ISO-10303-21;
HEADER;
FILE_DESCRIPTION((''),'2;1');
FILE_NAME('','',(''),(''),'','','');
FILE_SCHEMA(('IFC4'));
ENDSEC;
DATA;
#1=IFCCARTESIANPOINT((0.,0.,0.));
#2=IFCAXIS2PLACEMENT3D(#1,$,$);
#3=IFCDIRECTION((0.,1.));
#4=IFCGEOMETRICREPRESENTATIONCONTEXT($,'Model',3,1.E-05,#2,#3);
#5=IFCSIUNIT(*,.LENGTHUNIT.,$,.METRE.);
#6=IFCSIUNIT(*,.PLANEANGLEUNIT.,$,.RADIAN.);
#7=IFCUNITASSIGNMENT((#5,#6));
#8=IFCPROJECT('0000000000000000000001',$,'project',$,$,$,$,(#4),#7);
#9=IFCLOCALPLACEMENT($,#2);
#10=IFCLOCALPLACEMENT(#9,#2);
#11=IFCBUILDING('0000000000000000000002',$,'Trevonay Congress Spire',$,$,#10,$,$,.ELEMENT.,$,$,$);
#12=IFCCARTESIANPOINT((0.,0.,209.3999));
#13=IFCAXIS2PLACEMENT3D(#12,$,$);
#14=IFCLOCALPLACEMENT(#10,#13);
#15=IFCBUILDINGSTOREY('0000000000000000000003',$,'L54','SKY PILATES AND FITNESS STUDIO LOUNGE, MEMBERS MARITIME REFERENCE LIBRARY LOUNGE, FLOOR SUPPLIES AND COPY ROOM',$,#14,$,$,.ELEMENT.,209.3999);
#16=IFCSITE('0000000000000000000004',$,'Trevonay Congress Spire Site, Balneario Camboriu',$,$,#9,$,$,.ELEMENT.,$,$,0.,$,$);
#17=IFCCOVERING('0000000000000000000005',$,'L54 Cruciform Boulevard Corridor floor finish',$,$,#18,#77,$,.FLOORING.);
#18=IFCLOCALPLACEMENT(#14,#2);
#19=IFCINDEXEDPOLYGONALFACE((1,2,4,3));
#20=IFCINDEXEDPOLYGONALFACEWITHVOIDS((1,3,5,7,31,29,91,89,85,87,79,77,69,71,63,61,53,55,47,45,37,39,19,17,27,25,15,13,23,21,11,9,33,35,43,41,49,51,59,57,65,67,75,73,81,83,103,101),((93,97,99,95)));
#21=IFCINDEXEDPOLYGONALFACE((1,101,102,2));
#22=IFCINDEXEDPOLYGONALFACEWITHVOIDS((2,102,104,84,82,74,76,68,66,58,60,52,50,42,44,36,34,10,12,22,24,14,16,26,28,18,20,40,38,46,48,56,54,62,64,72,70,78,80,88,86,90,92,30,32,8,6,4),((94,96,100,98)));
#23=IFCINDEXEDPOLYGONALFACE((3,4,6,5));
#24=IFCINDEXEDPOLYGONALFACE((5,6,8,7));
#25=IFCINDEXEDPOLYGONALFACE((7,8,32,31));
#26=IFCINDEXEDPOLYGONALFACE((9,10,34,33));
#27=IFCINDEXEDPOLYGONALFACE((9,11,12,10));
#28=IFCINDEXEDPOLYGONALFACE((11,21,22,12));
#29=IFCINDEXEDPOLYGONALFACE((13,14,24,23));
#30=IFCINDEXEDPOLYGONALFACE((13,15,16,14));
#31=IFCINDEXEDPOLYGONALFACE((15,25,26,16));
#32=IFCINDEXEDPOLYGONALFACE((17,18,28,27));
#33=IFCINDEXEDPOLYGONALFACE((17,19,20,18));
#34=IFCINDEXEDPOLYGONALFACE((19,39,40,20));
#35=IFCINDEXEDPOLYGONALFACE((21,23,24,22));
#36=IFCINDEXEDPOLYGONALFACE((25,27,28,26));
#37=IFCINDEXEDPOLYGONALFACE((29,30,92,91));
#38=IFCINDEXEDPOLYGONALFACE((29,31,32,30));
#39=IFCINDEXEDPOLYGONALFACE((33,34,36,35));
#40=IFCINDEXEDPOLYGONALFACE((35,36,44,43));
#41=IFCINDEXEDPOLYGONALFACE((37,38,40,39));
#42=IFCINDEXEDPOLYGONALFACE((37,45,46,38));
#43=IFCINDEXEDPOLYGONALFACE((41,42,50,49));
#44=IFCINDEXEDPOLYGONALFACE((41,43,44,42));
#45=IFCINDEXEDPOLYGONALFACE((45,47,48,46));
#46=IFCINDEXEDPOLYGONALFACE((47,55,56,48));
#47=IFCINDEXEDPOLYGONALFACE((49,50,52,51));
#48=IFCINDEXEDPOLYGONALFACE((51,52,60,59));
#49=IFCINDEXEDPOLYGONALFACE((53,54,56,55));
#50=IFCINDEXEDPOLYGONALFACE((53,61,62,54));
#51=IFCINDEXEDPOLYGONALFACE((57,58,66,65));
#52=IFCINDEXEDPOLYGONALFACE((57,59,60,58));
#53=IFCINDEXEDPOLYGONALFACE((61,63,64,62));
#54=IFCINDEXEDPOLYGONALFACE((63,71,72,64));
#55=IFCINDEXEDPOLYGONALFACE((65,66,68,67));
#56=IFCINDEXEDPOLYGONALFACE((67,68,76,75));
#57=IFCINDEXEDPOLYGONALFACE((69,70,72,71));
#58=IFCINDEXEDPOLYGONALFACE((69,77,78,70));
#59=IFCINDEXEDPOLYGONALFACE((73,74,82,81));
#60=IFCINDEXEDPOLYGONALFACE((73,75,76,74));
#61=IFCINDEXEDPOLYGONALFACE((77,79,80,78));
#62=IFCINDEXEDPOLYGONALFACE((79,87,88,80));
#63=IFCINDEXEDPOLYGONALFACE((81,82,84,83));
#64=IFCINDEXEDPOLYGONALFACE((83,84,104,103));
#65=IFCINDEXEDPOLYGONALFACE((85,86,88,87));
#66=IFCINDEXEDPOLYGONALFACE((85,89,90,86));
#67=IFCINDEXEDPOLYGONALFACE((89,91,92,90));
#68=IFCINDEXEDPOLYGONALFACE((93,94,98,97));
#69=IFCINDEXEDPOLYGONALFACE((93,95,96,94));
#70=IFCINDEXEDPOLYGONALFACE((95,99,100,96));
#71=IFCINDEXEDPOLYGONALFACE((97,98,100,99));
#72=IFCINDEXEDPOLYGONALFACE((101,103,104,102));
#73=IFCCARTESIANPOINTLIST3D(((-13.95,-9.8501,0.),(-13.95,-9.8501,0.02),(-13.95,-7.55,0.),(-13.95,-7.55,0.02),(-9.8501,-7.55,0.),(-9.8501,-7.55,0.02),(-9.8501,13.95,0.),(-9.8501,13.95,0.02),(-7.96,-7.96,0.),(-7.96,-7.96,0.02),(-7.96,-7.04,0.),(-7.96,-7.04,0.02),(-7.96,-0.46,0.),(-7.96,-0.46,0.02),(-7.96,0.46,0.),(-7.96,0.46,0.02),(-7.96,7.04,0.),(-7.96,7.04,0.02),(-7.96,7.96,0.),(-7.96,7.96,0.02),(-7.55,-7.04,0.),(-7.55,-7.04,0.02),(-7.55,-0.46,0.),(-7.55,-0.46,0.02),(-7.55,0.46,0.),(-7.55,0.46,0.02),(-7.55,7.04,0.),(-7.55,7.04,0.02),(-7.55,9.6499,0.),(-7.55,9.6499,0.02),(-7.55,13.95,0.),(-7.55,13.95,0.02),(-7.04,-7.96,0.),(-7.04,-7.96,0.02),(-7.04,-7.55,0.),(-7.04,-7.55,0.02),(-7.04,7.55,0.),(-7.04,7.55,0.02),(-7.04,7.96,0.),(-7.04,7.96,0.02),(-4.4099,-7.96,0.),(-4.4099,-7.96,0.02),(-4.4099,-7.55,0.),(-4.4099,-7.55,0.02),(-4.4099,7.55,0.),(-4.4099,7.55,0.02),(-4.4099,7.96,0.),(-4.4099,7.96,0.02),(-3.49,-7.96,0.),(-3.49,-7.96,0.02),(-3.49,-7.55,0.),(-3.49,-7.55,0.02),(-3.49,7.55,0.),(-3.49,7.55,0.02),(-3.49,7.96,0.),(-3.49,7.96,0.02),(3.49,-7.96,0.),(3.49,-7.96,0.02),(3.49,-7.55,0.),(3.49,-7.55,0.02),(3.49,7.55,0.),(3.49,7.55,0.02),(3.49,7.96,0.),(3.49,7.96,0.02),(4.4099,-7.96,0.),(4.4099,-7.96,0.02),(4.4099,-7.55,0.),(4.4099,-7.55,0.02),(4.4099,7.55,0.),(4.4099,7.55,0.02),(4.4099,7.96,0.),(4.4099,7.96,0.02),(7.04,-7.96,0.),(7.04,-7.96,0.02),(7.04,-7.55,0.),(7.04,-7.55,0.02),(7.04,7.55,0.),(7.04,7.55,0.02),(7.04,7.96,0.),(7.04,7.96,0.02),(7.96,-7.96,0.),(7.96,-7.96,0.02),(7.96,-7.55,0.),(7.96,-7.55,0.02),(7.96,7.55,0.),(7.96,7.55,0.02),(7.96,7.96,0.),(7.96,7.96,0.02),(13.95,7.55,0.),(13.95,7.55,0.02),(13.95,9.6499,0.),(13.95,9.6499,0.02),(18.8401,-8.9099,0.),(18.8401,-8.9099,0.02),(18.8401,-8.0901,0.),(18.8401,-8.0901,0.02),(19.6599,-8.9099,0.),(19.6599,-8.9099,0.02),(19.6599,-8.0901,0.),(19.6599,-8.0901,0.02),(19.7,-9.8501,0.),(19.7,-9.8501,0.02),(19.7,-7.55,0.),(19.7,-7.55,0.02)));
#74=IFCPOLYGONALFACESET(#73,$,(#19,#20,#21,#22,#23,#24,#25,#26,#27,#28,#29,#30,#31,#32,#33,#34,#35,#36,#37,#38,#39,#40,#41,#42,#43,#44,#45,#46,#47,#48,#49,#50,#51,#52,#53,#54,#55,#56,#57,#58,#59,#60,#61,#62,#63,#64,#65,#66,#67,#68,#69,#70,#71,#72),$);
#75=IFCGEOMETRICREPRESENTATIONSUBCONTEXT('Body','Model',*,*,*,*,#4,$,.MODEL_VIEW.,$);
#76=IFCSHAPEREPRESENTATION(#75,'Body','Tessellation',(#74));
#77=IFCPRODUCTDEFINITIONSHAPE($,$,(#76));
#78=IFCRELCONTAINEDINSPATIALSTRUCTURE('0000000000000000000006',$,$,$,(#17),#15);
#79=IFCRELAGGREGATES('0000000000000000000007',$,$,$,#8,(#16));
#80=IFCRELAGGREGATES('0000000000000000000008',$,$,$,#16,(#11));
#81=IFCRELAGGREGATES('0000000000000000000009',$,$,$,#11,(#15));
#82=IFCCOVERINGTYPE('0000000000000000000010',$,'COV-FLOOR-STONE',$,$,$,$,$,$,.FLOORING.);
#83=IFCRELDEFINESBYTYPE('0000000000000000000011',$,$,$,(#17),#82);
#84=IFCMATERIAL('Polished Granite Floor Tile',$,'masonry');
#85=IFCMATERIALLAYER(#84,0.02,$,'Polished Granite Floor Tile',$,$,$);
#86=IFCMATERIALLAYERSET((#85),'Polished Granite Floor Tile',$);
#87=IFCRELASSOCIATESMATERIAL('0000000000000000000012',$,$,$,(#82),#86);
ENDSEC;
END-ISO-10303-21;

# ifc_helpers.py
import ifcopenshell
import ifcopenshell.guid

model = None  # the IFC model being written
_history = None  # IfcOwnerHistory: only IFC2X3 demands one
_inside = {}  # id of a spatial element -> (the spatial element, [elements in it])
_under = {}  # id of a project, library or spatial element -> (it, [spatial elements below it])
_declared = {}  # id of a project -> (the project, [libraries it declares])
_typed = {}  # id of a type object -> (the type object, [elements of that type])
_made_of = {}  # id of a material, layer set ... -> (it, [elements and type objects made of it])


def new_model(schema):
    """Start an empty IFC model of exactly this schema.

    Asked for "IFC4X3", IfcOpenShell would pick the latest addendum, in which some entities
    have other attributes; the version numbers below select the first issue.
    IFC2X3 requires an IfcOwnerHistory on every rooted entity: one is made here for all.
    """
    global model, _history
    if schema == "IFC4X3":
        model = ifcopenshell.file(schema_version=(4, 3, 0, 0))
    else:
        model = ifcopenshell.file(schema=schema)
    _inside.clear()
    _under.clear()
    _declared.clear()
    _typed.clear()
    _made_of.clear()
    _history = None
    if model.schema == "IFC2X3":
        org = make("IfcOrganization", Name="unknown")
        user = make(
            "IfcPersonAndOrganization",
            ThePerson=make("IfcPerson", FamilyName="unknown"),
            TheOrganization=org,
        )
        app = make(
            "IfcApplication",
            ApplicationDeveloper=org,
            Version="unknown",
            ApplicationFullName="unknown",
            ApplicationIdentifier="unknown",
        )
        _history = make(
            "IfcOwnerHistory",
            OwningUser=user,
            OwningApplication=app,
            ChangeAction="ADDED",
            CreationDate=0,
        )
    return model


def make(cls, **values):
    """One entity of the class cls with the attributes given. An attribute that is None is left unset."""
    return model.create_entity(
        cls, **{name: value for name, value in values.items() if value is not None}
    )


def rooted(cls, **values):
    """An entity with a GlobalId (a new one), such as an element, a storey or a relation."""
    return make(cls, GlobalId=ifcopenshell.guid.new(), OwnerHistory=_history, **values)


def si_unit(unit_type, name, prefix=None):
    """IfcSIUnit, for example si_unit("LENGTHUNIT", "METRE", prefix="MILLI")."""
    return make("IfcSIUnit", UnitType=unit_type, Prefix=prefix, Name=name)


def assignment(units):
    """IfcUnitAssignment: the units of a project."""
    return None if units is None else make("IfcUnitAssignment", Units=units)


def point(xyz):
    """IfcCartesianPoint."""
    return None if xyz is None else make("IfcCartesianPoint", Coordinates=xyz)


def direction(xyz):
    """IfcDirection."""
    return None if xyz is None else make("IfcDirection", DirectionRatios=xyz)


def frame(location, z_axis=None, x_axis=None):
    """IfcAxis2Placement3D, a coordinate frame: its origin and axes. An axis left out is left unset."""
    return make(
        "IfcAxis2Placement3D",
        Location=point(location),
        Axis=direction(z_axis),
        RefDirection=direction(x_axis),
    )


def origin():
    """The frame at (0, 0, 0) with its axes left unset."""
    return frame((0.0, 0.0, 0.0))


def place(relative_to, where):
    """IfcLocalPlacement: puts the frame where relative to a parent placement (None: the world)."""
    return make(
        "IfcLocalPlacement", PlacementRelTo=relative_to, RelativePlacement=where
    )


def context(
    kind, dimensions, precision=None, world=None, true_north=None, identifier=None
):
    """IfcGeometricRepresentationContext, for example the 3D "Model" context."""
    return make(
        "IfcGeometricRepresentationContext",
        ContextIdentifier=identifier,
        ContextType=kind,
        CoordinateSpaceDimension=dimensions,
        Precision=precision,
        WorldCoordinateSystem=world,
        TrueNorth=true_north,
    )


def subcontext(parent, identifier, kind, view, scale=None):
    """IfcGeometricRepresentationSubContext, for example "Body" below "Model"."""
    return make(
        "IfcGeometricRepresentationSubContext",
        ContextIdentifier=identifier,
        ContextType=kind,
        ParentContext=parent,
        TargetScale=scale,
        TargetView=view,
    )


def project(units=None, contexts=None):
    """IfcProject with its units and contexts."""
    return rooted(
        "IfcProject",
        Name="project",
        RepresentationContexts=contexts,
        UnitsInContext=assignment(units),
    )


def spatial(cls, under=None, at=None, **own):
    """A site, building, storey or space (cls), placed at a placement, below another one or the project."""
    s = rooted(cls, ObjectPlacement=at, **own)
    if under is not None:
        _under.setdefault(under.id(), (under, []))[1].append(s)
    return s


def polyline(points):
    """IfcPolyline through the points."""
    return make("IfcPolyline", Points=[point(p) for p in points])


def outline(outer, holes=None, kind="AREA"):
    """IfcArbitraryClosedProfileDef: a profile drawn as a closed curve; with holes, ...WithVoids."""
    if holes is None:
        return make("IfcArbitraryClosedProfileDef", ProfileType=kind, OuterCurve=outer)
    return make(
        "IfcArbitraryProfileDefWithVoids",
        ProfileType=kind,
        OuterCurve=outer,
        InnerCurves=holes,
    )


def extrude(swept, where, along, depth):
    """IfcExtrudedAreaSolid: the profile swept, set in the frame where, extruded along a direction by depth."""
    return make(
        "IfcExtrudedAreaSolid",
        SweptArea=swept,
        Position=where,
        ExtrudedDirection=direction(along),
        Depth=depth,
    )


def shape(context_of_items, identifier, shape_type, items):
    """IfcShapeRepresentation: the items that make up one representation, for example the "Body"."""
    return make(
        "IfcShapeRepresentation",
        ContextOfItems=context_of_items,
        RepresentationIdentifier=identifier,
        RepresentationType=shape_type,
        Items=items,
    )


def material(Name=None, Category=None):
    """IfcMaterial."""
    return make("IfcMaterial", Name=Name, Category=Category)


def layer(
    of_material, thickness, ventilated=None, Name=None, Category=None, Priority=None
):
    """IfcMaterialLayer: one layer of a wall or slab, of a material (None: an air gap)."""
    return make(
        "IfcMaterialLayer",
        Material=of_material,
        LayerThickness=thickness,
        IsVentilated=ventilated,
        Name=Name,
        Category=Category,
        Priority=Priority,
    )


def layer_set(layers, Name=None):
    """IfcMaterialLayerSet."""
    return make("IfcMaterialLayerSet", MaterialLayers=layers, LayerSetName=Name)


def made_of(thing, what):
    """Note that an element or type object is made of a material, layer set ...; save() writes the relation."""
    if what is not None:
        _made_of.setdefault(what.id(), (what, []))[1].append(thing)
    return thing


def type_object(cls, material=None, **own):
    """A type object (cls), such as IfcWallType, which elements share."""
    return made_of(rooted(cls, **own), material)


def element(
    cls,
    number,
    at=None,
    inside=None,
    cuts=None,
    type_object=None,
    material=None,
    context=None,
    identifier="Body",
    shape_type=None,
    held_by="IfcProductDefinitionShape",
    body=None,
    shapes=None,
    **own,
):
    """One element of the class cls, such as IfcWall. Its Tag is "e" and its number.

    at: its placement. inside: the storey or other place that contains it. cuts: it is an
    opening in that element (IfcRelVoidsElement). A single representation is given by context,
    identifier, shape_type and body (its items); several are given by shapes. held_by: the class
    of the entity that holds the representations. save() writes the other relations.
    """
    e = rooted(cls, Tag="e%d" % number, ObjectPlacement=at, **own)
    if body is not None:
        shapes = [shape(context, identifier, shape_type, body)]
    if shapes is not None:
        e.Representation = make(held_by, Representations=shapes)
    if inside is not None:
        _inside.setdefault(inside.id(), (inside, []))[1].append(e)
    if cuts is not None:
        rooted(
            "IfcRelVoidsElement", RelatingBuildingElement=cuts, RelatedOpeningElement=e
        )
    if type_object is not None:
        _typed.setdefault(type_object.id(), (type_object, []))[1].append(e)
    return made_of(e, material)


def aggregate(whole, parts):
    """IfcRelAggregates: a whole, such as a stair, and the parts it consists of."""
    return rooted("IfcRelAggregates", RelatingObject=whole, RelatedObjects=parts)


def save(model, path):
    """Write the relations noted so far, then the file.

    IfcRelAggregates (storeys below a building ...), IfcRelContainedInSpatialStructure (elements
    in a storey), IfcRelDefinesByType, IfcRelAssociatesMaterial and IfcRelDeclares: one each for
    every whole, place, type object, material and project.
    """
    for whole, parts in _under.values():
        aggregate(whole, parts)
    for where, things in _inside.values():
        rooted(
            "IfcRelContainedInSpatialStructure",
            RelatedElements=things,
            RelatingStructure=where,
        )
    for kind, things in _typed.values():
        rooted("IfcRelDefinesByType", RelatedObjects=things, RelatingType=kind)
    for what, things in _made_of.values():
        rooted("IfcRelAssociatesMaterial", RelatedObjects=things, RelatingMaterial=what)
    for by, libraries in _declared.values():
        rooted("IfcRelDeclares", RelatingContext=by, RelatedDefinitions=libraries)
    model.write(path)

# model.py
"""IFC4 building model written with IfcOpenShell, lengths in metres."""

from ifc_helpers import new_model, si_unit, direction, frame, origin, place, context, subcontext, project, spatial, polyline, outline, extrude, material, layer, layer_set, type_object, element, save


model = new_model("IFC4")

# Units and contexts
model_context = context("Model", 3, precision=1e-05, world=origin(), true_north=direction((0.0, 1.0)))
body_context = subcontext(model_context, "Body", "Model", "MODEL_VIEW")
ifc_project = project(units=[si_unit("LENGTHUNIT", "METRE"), si_unit("PLANEANGLEUNIT", "RADIAN")], contexts=[model_context])

# Site, building, storey
site_placement = place(None, origin())
site = spatial("IfcSite", under=ifc_project, at=site_placement, Name="Trevonay Congress Spire Site, Balneario Camboriu", CompositionType="ELEMENT", RefElevation=0.0)
building_placement = place(site_placement, origin())
building = spatial("IfcBuilding", under=site, at=building_placement, Name="Trevonay Congress Spire", CompositionType="ELEMENT")
storey_placement = place(building_placement, frame((0.0, 0.0, 209.3999)))
storey = spatial("IfcBuildingStorey", under=building, at=storey_placement, Name="L54", Description="SKY PILATES AND FITNESS STUDIO LOUNGE, MEMBERS MARITIME REFERENCE LIBRARY LOUNGE, FLOOR SUPPLIES AND COPY ROOM", CompositionType="ELEMENT", Elevation=209.3999)

# Covering
ifc_material_1 = material(Name="Polished Granite Floor Tile", Category="masonry")
ifc_layer_1 = layer(ifc_material_1, 0.02, Name="Polished Granite Floor Tile")
ifc_layer_set_1 = layer_set([ifc_layer_1], Name="Polished Granite Floor Tile")
covering_type_1 = type_object("IfcCoveringType", Name="COV-FLOOR-STONE", PredefinedType="FLOORING", material=ifc_layer_set_1)
covering_1_placement = place(storey_placement, origin())
element("IfcCovering", 1, at=covering_1_placement, inside=storey, type_object=covering_type_1, Name="L54 Cruciform Boulevard Corridor floor finish", PredefinedType="FLOORING", context=body_context, shape_type="SweptSolid", body=[
    extrude(outline(polyline([(19.7, -7.55), (19.7, -9.8501), (-13.95, -9.8501), (-13.95, -7.55), (-9.8501, -7.55), (-9.8501, 13.95), (-7.55, 13.95), (-7.55, 9.6499), (13.95, 9.6499), (13.95, 7.55), (7.96, 7.55), (7.96, 7.96), (7.04, 7.96), (7.04, 7.55), (4.4099, 7.55), (4.4099, 7.96), (3.49, 7.96), (3.49, 7.55), (-3.49, 7.55), (-3.49, 7.96), (-4.4099, 7.96), (-4.4099, 7.55), (-7.04, 7.55), (-7.04, 7.96), (-7.96, 7.96), (-7.96, 7.04), (-7.55, 7.04), (-7.55, 0.46), (-7.96, 0.46), (-7.96, -0.46), (-7.55, -0.46), (-7.55, -7.04), (-7.96, -7.04), (-7.96, -7.96), (-7.04, -7.96), (-7.04, -7.55), (-4.4099, -7.55), (-4.4099, -7.96), (-3.49, -7.96), (-3.49, -7.55), (3.49, -7.55), (3.49, -7.96), (4.4099, -7.96), (4.4099, -7.55), (7.04, -7.55), (7.04, -7.96), (7.96, -7.96), (7.96, -7.55), (19.7, -7.55)]), holes=[polyline([(19.6599, -8.0901), (18.8401, -8.0901), (18.8401, -8.9099), (19.6599, -8.9099), (19.6599, -8.0901)])]), origin(), (0.0, 0.0, 1.0), 0.02),
])

save(model, "model.ifc")
